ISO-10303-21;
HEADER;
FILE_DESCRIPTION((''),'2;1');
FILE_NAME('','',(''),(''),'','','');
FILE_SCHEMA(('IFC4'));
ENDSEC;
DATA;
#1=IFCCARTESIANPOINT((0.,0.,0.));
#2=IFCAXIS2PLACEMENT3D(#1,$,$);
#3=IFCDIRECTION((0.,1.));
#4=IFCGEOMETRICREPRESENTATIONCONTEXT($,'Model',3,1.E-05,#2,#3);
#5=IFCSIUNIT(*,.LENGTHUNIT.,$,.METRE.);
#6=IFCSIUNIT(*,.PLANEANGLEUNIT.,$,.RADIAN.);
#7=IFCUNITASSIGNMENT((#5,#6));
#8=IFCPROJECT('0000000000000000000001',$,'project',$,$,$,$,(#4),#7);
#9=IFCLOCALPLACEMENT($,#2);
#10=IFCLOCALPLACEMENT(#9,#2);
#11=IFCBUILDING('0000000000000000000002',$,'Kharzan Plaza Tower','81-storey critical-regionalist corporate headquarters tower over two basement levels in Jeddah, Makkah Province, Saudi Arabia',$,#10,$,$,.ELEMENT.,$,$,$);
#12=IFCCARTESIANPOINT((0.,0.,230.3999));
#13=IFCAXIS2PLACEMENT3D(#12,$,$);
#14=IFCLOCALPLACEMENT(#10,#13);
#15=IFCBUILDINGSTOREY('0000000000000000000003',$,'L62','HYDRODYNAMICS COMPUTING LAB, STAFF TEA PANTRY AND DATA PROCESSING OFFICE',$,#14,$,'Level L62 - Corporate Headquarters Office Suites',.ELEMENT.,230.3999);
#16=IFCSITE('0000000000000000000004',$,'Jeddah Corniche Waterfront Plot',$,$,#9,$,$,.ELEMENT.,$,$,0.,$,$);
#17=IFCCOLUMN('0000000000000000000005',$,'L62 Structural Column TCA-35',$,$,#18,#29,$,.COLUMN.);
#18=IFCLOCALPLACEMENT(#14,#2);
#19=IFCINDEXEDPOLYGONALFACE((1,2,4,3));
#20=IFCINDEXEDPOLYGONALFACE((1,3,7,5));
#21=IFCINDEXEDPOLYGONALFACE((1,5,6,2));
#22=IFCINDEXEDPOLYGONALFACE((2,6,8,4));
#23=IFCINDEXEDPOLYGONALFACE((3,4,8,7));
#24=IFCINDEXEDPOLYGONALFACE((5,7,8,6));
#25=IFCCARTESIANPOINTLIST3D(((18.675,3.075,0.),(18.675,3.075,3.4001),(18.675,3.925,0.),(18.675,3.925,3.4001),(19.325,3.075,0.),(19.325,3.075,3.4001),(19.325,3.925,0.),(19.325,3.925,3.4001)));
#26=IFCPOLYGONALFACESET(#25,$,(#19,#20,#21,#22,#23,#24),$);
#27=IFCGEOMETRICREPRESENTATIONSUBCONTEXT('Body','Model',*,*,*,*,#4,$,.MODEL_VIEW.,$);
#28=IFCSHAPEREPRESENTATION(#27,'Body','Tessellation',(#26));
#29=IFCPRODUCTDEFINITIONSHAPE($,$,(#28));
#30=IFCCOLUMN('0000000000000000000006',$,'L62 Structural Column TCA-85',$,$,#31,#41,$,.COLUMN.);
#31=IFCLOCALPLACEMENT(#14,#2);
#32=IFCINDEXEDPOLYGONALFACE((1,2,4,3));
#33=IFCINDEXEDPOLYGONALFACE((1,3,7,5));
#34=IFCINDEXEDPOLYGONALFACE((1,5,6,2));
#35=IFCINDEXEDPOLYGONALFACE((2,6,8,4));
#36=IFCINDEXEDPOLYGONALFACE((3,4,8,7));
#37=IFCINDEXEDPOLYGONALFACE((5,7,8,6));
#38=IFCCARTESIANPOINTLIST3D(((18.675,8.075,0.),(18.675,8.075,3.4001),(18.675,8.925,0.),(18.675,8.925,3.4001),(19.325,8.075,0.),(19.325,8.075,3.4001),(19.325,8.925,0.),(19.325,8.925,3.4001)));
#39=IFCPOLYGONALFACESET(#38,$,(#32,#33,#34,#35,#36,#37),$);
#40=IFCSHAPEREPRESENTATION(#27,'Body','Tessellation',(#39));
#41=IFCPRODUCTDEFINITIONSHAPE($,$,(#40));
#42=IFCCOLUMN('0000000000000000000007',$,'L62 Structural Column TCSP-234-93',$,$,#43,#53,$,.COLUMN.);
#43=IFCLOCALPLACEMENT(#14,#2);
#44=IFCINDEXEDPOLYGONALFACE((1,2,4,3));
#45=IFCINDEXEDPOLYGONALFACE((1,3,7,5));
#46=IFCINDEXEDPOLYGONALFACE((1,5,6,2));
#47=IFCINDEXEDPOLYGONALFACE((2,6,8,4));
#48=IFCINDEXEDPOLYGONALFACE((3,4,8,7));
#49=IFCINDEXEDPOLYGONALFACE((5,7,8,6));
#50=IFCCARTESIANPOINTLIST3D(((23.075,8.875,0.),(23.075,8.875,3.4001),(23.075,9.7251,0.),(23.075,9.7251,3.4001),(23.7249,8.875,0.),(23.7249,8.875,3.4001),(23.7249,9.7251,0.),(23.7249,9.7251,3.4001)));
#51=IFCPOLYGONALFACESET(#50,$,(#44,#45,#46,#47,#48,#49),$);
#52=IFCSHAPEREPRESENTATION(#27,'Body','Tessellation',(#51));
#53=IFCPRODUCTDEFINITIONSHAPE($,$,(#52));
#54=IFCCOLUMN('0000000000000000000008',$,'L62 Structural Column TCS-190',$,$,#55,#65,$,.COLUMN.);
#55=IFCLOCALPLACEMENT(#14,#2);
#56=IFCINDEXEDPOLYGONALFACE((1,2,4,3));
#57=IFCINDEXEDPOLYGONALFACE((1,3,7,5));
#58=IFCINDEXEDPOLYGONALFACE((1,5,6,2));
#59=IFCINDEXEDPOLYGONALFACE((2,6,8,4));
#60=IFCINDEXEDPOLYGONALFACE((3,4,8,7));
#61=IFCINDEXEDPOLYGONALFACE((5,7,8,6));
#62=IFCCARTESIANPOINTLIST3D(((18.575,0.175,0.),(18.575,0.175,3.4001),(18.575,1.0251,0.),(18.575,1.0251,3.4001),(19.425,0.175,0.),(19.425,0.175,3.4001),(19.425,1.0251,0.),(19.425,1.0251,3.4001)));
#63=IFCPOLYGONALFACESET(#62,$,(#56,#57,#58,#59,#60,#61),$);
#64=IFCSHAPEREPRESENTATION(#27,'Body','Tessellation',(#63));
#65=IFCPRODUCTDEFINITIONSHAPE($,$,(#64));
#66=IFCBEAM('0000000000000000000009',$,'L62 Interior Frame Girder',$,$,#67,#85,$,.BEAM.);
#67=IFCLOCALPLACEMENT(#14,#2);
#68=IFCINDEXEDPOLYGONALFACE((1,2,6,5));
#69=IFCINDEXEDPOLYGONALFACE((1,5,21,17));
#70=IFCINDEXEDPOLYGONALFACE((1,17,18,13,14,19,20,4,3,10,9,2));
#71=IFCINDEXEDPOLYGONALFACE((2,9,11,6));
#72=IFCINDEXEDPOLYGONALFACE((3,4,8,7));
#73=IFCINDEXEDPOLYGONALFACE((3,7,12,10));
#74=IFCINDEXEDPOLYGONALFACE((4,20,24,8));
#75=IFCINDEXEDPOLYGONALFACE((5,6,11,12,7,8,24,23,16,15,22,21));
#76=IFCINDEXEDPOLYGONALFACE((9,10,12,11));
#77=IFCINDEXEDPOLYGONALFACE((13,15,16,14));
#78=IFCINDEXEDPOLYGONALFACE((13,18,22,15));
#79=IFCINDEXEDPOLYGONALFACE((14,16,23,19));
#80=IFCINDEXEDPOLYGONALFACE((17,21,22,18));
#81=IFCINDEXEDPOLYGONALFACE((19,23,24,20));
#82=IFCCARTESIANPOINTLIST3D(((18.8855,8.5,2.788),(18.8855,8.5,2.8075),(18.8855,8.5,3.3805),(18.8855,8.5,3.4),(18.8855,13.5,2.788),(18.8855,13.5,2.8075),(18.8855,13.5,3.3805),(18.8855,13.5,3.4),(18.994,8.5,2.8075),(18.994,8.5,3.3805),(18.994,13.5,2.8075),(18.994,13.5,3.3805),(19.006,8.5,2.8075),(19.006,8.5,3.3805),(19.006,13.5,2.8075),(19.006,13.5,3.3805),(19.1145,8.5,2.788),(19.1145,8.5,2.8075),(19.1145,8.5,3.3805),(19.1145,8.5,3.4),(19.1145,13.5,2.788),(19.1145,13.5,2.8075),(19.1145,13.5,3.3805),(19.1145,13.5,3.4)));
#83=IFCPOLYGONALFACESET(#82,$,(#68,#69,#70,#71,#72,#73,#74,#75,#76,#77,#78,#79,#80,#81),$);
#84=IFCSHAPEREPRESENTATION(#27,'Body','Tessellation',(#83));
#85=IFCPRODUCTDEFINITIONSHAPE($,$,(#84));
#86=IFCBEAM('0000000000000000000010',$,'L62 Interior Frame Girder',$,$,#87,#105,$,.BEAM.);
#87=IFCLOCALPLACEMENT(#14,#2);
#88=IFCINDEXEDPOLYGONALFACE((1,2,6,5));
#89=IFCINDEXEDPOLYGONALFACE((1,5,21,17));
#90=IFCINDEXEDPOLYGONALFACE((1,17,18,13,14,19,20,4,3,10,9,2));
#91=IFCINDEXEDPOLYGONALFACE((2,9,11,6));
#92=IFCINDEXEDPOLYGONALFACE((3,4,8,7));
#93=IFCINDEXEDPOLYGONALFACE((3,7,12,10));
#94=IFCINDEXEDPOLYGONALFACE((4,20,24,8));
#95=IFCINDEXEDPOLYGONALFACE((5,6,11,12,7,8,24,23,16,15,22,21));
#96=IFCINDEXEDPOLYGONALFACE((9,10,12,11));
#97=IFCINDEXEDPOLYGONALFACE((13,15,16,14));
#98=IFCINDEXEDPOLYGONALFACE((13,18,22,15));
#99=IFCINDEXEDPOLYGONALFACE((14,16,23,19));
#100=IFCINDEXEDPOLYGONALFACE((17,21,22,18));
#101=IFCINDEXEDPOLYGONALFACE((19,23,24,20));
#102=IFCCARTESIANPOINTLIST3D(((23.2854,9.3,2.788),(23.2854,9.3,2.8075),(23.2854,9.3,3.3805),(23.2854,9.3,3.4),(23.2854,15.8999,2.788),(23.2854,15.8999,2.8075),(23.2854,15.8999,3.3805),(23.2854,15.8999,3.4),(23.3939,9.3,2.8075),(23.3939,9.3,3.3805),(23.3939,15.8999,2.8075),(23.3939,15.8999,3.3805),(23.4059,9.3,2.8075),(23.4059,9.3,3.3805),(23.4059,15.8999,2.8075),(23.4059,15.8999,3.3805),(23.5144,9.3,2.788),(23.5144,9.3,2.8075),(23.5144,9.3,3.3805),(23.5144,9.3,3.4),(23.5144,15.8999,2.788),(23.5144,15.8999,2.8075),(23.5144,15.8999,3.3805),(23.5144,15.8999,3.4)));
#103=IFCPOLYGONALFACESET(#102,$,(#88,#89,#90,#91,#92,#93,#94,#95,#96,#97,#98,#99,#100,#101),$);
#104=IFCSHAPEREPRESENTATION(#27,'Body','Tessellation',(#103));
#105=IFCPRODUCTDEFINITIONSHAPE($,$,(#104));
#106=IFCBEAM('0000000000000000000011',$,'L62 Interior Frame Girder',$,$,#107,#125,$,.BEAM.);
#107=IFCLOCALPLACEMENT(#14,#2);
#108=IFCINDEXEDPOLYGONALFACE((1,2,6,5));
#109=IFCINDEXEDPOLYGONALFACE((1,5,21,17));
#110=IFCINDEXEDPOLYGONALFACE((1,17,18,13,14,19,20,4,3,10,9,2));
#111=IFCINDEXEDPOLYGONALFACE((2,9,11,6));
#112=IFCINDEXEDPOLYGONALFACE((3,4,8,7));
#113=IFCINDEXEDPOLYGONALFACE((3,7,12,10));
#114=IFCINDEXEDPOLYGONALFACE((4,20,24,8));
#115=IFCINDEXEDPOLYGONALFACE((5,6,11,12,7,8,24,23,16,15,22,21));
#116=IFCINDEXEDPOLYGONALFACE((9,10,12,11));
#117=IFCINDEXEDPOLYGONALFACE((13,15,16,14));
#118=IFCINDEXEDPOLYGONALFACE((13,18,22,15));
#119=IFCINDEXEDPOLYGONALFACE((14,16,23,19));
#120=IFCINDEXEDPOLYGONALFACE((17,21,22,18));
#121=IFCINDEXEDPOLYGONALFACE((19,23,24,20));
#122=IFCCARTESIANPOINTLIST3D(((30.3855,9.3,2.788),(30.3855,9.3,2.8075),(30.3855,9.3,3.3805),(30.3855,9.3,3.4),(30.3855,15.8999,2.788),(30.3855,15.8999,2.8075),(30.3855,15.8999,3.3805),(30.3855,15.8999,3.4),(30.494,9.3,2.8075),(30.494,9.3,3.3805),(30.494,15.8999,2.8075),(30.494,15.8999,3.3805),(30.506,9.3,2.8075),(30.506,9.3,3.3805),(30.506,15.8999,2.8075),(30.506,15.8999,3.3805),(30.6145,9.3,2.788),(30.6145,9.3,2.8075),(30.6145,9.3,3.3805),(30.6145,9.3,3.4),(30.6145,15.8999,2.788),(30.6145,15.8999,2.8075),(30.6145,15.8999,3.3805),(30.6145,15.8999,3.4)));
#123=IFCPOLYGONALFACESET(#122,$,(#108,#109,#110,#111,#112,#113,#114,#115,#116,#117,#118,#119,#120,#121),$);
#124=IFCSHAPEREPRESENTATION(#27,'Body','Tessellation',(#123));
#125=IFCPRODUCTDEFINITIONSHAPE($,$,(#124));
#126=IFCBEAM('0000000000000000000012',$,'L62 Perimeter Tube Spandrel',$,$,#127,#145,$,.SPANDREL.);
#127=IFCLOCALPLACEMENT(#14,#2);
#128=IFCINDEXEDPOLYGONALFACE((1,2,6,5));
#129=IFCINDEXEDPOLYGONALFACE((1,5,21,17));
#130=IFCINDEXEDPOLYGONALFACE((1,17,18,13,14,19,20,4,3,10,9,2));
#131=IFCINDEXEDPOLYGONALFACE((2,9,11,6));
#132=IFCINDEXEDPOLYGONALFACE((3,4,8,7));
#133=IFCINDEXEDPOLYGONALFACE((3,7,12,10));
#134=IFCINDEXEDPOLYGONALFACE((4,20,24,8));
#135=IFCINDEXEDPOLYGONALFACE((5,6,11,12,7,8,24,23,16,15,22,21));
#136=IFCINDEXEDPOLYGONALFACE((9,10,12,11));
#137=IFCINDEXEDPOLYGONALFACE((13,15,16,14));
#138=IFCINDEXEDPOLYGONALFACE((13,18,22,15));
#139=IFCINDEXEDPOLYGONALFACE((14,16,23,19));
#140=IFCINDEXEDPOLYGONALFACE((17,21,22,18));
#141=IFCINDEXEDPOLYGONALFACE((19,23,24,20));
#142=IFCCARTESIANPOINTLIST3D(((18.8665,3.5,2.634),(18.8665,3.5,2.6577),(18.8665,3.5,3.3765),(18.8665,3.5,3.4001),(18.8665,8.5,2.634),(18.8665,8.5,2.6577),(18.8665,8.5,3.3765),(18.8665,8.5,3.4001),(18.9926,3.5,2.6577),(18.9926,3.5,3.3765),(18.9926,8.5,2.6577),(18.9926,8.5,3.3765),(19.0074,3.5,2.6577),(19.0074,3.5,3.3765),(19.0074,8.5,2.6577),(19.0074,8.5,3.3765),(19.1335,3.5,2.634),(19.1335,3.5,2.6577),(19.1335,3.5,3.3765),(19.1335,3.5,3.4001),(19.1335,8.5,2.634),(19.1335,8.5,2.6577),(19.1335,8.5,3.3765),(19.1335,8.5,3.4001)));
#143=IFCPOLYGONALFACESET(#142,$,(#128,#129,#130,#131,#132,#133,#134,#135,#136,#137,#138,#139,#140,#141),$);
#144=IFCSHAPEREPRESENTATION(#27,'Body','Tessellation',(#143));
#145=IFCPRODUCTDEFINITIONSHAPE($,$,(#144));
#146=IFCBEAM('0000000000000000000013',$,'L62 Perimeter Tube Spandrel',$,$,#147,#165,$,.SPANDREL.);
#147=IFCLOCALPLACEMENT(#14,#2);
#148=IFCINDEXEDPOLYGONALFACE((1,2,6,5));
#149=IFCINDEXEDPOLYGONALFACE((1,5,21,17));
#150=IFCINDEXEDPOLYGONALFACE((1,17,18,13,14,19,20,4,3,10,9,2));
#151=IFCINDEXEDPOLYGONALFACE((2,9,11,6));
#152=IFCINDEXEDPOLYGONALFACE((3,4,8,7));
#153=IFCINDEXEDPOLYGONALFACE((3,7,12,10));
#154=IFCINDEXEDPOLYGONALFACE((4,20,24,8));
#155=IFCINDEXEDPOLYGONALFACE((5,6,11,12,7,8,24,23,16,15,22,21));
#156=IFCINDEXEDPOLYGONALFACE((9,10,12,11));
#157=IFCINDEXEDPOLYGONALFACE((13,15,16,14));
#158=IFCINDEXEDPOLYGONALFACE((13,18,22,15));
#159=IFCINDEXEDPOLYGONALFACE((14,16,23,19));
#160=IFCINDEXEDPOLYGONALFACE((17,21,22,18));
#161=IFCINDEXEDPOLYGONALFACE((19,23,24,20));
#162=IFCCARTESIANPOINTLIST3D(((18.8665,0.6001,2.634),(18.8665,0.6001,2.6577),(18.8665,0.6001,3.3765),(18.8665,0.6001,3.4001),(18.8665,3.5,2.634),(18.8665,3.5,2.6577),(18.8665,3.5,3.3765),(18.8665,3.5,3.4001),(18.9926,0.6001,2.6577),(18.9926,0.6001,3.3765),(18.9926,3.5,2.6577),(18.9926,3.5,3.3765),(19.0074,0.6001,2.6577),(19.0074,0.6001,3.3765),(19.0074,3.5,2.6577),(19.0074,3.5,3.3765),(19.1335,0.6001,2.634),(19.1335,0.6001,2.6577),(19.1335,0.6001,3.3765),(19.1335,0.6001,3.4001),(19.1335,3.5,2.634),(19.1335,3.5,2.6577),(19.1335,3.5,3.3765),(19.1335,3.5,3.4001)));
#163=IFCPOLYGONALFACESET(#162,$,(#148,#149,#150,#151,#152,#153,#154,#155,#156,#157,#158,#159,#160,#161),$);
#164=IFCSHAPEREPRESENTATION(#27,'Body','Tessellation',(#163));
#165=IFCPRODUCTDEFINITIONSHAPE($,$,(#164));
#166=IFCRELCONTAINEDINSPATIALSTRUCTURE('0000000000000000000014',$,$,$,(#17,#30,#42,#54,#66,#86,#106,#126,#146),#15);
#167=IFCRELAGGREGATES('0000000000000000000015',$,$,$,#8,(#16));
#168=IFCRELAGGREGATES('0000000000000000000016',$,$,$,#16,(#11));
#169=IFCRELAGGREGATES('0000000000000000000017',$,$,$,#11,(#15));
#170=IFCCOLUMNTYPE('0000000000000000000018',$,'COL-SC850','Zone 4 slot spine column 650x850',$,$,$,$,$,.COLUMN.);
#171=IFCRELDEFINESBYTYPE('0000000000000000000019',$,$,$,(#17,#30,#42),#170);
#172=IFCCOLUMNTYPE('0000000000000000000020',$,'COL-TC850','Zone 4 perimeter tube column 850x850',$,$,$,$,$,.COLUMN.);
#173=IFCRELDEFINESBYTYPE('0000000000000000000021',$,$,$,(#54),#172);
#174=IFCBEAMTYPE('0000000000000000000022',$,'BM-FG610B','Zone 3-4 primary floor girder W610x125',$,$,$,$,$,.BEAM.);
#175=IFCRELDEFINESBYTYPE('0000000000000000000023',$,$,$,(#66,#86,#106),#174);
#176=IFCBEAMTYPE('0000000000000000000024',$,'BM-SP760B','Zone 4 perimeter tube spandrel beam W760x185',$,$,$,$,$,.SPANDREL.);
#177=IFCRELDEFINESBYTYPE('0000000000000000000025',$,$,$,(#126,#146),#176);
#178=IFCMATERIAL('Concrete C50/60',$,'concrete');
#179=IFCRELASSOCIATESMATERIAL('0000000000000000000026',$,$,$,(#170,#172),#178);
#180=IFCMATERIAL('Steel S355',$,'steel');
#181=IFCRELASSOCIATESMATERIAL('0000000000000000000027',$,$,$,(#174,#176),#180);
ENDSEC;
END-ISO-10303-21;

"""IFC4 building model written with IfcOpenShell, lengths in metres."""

from ifc_helpers import new_model, si_unit, direction, frame, origin, origin_2d, place, context, subcontext, project, spatial, rectangle, i_section, extrude, source, transform, mapped, material, material_profile, profile_set, type_object, element, save


model = new_model("IFC4")

# Units and contexts
model_context = context("Model", 3, precision=1e-05, world=origin(), true_north=direction((0.0, 1.0)))
body_context = subcontext(model_context, "Body", "Model", "MODEL_VIEW")
ifc_project = project(units=[si_unit("LENGTHUNIT", "METRE"), si_unit("PLANEANGLEUNIT", "RADIAN")], contexts=[model_context])

# Site, building, storey
site_placement = place(None, origin())
site = spatial("IfcSite", under=ifc_project, at=site_placement, Name="Jeddah Corniche Waterfront Plot", CompositionType="ELEMENT", RefElevation=0.0)
building_placement = place(site_placement, origin())
building = spatial("IfcBuilding", under=site, at=building_placement, Name="Kharzan Plaza Tower", Description="81-storey critical-regionalist corporate headquarters tower over two basement levels in Jeddah, Makkah Province, Saudi Arabia", CompositionType="ELEMENT")
storey_placement = place(building_placement, frame((0.0, 0.0, 230.3999)))
storey = spatial("IfcBuildingStorey", under=building, at=storey_placement, Name="L62", Description="HYDRODYNAMICS COMPUTING LAB, STAFF TEA PANTRY AND DATA PROCESSING OFFICE", LongName="Level L62 - Corporate Headquarters Office Suites", CompositionType="ELEMENT", Elevation=230.3999)

# Columns
ifc_material_1 = material(Name="Concrete C50/60", Category="concrete")
ifc_material_profile_1 = material_profile(ifc_material_1, rectangle(XDim=0.6499, YDim=0.8501, at=origin_2d()), Name="RC-SC850x650")
ifc_profile_set_1 = profile_set([ifc_material_profile_1], Name="Concrete C50/60")
column_type_1 = type_object("IfcColumnType", Name="COL-SC850", Description="Zone 4 slot spine column 650x850", PredefinedType="COLUMN", material=ifc_profile_set_1)
shared_shape_1 = source(origin(), body_context, "Body", "SweptSolid", [
    extrude(rectangle(XDim=0.6499, YDim=0.8501, at=origin_2d()), origin(), (0.0, 0.0, 1.0), 3.4001),
])
for number, where, z_axis, x_axis, name in (
    (1, (19.0, 3.5, 0.0), (0.0, 0.0, 1.0), (1.0, 0.0, 0.0), "L62 Structural Column TCA-35"),
    (2, (19.0, 8.5, 0.0), (0.0, 0.0, 1.0), (1.0, 0.0, 0.0), "L62 Structural Column TCA-85"),
    (3, (23.3999, 9.3, 0.0), (0.0, 0.0, 1.0), (1.0, 0.0, 0.0), "L62 Structural Column TCSP-234-93"),
):
    element("IfcColumn", number, at=place(storey_placement, frame(where, z_axis=z_axis, x_axis=x_axis)), inside=storey, type_object=column_type_1, Name=name, PredefinedType="COLUMN", context=body_context, shape_type="MappedRepresentation", body=[
        mapped(shared_shape_1, transform((0.0, 0.0, 0.0), x_axis=(1.0, 0.0, 0.0), y_axis=(0.0, 1.0, 0.0), z_axis=(0.0, 0.0, 1.0))),
    ])
ifc_material_profile_2 = material_profile(ifc_material_1, rectangle(XDim=0.8501, YDim=0.8501, at=origin_2d()), Name="RC-TC850x850")
ifc_profile_set_2 = profile_set([ifc_material_profile_2], Name="Concrete C50/60")
column_type_2 = type_object("IfcColumnType", Name="COL-TC850", Description="Zone 4 perimeter tube column 850x850", PredefinedType="COLUMN", material=ifc_profile_set_2)
shared_shape_2 = source(origin(), body_context, "Body", "SweptSolid", [
    extrude(rectangle(XDim=0.8501, YDim=0.8501, at=origin_2d()), origin(), (0.0, 0.0, 1.0), 3.4001),
])
column_placement = place(storey_placement, frame((19.0, 0.6001, 0.0), z_axis=(0.0, 0.0, 1.0), x_axis=(1.0, 0.0, 0.0)))
element("IfcColumn", 4, at=column_placement, inside=storey, type_object=column_type_2, Name="L62 Structural Column TCS-190", PredefinedType="COLUMN", context=body_context, shape_type="MappedRepresentation", body=[
    mapped(shared_shape_2, transform((0.0, 0.0, 0.0), x_axis=(1.0, 0.0, 0.0), y_axis=(0.0, 1.0, 0.0), z_axis=(0.0, 0.0, 1.0))),
])

# Beams
ifc_material_2 = material(Name="Steel S355", Category="steel")
ifc_material_profile_3 = material_profile(ifc_material_2, i_section(OverallWidth=0.229, OverallDepth=0.6121, WebThickness=0.012, FlangeThickness=0.0195, at=origin_2d()), Name="W610x125")
ifc_profile_set_3 = profile_set([ifc_material_profile_3], Name="Steel S355")
beam_type_1 = type_object("IfcBeamType", Name="BM-FG610B", Description="Zone 3-4 primary floor girder W610x125", PredefinedType="BEAM", material=ifc_profile_set_3)
shared_shape_3 = source(origin(), body_context, "Body", "SweptSolid", [
    extrude(i_section(OverallWidth=0.229, OverallDepth=0.6121, WebThickness=0.012, FlangeThickness=0.0195, at=origin_2d()), origin(), (0.0, 0.0, 1.0), 5.0),
])
beam_1_placement = place(storey_placement, frame((19.0, 8.5, 3.094), z_axis=(0.0, 1.0, 0.0), x_axis=(-1.0, 0.0, 0.0)))
element("IfcBeam", 5, at=beam_1_placement, inside=storey, type_object=beam_type_1, Name="L62 Interior Frame Girder", PredefinedType="BEAM", context=body_context, shape_type="MappedRepresentation", body=[
    mapped(shared_shape_3, transform((0.0, 0.0, 0.0), x_axis=(1.0, 0.0, 0.0), y_axis=(0.0, 1.0, 0.0), z_axis=(0.0, 0.0, 1.0))),
])
shared_shape_4 = source(origin(), body_context, "Body", "SweptSolid", [
    extrude(i_section(OverallWidth=0.229, OverallDepth=0.6121, WebThickness=0.012, FlangeThickness=0.0195, at=origin_2d()), origin(), (0.0, 0.0, 1.0), 6.5999),
])
for number, where, z_axis, x_axis, name in (
    (6, (23.3999, 9.3, 3.094), (0.0, 1.0, 0.0), (-1.0, 0.0, 0.0), "L62 Interior Frame Girder"),
    (7, (30.5, 9.3, 3.094), (0.0, 1.0, 0.0), (-1.0, 0.0, 0.0), "L62 Interior Frame Girder"),
):
    element("IfcBeam", number, at=place(storey_placement, frame(where, z_axis=z_axis, x_axis=x_axis)), inside=storey, type_object=beam_type_1, Name=name, PredefinedType="BEAM", context=body_context, shape_type="MappedRepresentation", body=[
        mapped(shared_shape_4, transform((0.0, 0.0, 0.0), x_axis=(1.0, 0.0, 0.0), y_axis=(0.0, 1.0, 0.0), z_axis=(0.0, 0.0, 1.0))),
    ])
ifc_material_profile_4 = material_profile(ifc_material_2, i_section(OverallWidth=0.2671, OverallDepth=0.7661, WebThickness=0.0149, FlangeThickness=0.0237, at=origin_2d()), Name="W760x185")
ifc_profile_set_4 = profile_set([ifc_material_profile_4], Name="Steel S355")
beam_type_2 = type_object("IfcBeamType", Name="BM-SP760B", Description="Zone 4 perimeter tube spandrel beam W760x185", PredefinedType="SPANDREL", material=ifc_profile_set_4)
shared_shape_5 = source(origin(), body_context, "Body", "SweptSolid", [
    extrude(i_section(OverallWidth=0.2671, OverallDepth=0.7661, WebThickness=0.0149, FlangeThickness=0.0237, at=origin_2d()), origin(), (0.0, 0.0, 1.0), 5.0),
])
beam_2_placement = place(storey_placement, frame((19.0, 3.5, 3.0171), z_axis=(0.0, 1.0, 0.0), x_axis=(-1.0, 0.0, 0.0)))
element("IfcBeam", 8, at=beam_2_placement, inside=storey, type_object=beam_type_2, Name="L62 Perimeter Tube Spandrel", PredefinedType="SPANDREL", context=body_context, shape_type="MappedRepresentation", body=[
    mapped(shared_shape_5, transform((0.0, 0.0, 0.0), x_axis=(1.0, 0.0, 0.0), y_axis=(0.0, 1.0, 0.0), z_axis=(0.0, 0.0, 1.0))),
])
shared_shape_6 = source(origin(), body_context, "Body", "SweptSolid", [
    extrude(i_section(OverallWidth=0.2671, OverallDepth=0.7661, WebThickness=0.0149, FlangeThickness=0.0237, at=origin_2d()), origin(), (0.0, 0.0, 1.0), 2.8999),
])
beam_3_placement = place(storey_placement, frame((19.0, 0.6001, 3.0171), z_axis=(0.0, 1.0, 0.0), x_axis=(-1.0, 0.0, 0.0)))
element("IfcBeam", 9, at=beam_3_placement, inside=storey, type_object=beam_type_2, Name="L62 Perimeter Tube Spandrel", PredefinedType="SPANDREL", context=body_context, shape_type="MappedRepresentation", body=[
    mapped(shared_shape_6, transform((0.0, 0.0, 0.0), x_axis=(1.0, 0.0, 0.0), y_axis=(0.0, 1.0, 0.0), z_axis=(0.0, 0.0, 1.0))),
])

save(model, "model.ifc")
